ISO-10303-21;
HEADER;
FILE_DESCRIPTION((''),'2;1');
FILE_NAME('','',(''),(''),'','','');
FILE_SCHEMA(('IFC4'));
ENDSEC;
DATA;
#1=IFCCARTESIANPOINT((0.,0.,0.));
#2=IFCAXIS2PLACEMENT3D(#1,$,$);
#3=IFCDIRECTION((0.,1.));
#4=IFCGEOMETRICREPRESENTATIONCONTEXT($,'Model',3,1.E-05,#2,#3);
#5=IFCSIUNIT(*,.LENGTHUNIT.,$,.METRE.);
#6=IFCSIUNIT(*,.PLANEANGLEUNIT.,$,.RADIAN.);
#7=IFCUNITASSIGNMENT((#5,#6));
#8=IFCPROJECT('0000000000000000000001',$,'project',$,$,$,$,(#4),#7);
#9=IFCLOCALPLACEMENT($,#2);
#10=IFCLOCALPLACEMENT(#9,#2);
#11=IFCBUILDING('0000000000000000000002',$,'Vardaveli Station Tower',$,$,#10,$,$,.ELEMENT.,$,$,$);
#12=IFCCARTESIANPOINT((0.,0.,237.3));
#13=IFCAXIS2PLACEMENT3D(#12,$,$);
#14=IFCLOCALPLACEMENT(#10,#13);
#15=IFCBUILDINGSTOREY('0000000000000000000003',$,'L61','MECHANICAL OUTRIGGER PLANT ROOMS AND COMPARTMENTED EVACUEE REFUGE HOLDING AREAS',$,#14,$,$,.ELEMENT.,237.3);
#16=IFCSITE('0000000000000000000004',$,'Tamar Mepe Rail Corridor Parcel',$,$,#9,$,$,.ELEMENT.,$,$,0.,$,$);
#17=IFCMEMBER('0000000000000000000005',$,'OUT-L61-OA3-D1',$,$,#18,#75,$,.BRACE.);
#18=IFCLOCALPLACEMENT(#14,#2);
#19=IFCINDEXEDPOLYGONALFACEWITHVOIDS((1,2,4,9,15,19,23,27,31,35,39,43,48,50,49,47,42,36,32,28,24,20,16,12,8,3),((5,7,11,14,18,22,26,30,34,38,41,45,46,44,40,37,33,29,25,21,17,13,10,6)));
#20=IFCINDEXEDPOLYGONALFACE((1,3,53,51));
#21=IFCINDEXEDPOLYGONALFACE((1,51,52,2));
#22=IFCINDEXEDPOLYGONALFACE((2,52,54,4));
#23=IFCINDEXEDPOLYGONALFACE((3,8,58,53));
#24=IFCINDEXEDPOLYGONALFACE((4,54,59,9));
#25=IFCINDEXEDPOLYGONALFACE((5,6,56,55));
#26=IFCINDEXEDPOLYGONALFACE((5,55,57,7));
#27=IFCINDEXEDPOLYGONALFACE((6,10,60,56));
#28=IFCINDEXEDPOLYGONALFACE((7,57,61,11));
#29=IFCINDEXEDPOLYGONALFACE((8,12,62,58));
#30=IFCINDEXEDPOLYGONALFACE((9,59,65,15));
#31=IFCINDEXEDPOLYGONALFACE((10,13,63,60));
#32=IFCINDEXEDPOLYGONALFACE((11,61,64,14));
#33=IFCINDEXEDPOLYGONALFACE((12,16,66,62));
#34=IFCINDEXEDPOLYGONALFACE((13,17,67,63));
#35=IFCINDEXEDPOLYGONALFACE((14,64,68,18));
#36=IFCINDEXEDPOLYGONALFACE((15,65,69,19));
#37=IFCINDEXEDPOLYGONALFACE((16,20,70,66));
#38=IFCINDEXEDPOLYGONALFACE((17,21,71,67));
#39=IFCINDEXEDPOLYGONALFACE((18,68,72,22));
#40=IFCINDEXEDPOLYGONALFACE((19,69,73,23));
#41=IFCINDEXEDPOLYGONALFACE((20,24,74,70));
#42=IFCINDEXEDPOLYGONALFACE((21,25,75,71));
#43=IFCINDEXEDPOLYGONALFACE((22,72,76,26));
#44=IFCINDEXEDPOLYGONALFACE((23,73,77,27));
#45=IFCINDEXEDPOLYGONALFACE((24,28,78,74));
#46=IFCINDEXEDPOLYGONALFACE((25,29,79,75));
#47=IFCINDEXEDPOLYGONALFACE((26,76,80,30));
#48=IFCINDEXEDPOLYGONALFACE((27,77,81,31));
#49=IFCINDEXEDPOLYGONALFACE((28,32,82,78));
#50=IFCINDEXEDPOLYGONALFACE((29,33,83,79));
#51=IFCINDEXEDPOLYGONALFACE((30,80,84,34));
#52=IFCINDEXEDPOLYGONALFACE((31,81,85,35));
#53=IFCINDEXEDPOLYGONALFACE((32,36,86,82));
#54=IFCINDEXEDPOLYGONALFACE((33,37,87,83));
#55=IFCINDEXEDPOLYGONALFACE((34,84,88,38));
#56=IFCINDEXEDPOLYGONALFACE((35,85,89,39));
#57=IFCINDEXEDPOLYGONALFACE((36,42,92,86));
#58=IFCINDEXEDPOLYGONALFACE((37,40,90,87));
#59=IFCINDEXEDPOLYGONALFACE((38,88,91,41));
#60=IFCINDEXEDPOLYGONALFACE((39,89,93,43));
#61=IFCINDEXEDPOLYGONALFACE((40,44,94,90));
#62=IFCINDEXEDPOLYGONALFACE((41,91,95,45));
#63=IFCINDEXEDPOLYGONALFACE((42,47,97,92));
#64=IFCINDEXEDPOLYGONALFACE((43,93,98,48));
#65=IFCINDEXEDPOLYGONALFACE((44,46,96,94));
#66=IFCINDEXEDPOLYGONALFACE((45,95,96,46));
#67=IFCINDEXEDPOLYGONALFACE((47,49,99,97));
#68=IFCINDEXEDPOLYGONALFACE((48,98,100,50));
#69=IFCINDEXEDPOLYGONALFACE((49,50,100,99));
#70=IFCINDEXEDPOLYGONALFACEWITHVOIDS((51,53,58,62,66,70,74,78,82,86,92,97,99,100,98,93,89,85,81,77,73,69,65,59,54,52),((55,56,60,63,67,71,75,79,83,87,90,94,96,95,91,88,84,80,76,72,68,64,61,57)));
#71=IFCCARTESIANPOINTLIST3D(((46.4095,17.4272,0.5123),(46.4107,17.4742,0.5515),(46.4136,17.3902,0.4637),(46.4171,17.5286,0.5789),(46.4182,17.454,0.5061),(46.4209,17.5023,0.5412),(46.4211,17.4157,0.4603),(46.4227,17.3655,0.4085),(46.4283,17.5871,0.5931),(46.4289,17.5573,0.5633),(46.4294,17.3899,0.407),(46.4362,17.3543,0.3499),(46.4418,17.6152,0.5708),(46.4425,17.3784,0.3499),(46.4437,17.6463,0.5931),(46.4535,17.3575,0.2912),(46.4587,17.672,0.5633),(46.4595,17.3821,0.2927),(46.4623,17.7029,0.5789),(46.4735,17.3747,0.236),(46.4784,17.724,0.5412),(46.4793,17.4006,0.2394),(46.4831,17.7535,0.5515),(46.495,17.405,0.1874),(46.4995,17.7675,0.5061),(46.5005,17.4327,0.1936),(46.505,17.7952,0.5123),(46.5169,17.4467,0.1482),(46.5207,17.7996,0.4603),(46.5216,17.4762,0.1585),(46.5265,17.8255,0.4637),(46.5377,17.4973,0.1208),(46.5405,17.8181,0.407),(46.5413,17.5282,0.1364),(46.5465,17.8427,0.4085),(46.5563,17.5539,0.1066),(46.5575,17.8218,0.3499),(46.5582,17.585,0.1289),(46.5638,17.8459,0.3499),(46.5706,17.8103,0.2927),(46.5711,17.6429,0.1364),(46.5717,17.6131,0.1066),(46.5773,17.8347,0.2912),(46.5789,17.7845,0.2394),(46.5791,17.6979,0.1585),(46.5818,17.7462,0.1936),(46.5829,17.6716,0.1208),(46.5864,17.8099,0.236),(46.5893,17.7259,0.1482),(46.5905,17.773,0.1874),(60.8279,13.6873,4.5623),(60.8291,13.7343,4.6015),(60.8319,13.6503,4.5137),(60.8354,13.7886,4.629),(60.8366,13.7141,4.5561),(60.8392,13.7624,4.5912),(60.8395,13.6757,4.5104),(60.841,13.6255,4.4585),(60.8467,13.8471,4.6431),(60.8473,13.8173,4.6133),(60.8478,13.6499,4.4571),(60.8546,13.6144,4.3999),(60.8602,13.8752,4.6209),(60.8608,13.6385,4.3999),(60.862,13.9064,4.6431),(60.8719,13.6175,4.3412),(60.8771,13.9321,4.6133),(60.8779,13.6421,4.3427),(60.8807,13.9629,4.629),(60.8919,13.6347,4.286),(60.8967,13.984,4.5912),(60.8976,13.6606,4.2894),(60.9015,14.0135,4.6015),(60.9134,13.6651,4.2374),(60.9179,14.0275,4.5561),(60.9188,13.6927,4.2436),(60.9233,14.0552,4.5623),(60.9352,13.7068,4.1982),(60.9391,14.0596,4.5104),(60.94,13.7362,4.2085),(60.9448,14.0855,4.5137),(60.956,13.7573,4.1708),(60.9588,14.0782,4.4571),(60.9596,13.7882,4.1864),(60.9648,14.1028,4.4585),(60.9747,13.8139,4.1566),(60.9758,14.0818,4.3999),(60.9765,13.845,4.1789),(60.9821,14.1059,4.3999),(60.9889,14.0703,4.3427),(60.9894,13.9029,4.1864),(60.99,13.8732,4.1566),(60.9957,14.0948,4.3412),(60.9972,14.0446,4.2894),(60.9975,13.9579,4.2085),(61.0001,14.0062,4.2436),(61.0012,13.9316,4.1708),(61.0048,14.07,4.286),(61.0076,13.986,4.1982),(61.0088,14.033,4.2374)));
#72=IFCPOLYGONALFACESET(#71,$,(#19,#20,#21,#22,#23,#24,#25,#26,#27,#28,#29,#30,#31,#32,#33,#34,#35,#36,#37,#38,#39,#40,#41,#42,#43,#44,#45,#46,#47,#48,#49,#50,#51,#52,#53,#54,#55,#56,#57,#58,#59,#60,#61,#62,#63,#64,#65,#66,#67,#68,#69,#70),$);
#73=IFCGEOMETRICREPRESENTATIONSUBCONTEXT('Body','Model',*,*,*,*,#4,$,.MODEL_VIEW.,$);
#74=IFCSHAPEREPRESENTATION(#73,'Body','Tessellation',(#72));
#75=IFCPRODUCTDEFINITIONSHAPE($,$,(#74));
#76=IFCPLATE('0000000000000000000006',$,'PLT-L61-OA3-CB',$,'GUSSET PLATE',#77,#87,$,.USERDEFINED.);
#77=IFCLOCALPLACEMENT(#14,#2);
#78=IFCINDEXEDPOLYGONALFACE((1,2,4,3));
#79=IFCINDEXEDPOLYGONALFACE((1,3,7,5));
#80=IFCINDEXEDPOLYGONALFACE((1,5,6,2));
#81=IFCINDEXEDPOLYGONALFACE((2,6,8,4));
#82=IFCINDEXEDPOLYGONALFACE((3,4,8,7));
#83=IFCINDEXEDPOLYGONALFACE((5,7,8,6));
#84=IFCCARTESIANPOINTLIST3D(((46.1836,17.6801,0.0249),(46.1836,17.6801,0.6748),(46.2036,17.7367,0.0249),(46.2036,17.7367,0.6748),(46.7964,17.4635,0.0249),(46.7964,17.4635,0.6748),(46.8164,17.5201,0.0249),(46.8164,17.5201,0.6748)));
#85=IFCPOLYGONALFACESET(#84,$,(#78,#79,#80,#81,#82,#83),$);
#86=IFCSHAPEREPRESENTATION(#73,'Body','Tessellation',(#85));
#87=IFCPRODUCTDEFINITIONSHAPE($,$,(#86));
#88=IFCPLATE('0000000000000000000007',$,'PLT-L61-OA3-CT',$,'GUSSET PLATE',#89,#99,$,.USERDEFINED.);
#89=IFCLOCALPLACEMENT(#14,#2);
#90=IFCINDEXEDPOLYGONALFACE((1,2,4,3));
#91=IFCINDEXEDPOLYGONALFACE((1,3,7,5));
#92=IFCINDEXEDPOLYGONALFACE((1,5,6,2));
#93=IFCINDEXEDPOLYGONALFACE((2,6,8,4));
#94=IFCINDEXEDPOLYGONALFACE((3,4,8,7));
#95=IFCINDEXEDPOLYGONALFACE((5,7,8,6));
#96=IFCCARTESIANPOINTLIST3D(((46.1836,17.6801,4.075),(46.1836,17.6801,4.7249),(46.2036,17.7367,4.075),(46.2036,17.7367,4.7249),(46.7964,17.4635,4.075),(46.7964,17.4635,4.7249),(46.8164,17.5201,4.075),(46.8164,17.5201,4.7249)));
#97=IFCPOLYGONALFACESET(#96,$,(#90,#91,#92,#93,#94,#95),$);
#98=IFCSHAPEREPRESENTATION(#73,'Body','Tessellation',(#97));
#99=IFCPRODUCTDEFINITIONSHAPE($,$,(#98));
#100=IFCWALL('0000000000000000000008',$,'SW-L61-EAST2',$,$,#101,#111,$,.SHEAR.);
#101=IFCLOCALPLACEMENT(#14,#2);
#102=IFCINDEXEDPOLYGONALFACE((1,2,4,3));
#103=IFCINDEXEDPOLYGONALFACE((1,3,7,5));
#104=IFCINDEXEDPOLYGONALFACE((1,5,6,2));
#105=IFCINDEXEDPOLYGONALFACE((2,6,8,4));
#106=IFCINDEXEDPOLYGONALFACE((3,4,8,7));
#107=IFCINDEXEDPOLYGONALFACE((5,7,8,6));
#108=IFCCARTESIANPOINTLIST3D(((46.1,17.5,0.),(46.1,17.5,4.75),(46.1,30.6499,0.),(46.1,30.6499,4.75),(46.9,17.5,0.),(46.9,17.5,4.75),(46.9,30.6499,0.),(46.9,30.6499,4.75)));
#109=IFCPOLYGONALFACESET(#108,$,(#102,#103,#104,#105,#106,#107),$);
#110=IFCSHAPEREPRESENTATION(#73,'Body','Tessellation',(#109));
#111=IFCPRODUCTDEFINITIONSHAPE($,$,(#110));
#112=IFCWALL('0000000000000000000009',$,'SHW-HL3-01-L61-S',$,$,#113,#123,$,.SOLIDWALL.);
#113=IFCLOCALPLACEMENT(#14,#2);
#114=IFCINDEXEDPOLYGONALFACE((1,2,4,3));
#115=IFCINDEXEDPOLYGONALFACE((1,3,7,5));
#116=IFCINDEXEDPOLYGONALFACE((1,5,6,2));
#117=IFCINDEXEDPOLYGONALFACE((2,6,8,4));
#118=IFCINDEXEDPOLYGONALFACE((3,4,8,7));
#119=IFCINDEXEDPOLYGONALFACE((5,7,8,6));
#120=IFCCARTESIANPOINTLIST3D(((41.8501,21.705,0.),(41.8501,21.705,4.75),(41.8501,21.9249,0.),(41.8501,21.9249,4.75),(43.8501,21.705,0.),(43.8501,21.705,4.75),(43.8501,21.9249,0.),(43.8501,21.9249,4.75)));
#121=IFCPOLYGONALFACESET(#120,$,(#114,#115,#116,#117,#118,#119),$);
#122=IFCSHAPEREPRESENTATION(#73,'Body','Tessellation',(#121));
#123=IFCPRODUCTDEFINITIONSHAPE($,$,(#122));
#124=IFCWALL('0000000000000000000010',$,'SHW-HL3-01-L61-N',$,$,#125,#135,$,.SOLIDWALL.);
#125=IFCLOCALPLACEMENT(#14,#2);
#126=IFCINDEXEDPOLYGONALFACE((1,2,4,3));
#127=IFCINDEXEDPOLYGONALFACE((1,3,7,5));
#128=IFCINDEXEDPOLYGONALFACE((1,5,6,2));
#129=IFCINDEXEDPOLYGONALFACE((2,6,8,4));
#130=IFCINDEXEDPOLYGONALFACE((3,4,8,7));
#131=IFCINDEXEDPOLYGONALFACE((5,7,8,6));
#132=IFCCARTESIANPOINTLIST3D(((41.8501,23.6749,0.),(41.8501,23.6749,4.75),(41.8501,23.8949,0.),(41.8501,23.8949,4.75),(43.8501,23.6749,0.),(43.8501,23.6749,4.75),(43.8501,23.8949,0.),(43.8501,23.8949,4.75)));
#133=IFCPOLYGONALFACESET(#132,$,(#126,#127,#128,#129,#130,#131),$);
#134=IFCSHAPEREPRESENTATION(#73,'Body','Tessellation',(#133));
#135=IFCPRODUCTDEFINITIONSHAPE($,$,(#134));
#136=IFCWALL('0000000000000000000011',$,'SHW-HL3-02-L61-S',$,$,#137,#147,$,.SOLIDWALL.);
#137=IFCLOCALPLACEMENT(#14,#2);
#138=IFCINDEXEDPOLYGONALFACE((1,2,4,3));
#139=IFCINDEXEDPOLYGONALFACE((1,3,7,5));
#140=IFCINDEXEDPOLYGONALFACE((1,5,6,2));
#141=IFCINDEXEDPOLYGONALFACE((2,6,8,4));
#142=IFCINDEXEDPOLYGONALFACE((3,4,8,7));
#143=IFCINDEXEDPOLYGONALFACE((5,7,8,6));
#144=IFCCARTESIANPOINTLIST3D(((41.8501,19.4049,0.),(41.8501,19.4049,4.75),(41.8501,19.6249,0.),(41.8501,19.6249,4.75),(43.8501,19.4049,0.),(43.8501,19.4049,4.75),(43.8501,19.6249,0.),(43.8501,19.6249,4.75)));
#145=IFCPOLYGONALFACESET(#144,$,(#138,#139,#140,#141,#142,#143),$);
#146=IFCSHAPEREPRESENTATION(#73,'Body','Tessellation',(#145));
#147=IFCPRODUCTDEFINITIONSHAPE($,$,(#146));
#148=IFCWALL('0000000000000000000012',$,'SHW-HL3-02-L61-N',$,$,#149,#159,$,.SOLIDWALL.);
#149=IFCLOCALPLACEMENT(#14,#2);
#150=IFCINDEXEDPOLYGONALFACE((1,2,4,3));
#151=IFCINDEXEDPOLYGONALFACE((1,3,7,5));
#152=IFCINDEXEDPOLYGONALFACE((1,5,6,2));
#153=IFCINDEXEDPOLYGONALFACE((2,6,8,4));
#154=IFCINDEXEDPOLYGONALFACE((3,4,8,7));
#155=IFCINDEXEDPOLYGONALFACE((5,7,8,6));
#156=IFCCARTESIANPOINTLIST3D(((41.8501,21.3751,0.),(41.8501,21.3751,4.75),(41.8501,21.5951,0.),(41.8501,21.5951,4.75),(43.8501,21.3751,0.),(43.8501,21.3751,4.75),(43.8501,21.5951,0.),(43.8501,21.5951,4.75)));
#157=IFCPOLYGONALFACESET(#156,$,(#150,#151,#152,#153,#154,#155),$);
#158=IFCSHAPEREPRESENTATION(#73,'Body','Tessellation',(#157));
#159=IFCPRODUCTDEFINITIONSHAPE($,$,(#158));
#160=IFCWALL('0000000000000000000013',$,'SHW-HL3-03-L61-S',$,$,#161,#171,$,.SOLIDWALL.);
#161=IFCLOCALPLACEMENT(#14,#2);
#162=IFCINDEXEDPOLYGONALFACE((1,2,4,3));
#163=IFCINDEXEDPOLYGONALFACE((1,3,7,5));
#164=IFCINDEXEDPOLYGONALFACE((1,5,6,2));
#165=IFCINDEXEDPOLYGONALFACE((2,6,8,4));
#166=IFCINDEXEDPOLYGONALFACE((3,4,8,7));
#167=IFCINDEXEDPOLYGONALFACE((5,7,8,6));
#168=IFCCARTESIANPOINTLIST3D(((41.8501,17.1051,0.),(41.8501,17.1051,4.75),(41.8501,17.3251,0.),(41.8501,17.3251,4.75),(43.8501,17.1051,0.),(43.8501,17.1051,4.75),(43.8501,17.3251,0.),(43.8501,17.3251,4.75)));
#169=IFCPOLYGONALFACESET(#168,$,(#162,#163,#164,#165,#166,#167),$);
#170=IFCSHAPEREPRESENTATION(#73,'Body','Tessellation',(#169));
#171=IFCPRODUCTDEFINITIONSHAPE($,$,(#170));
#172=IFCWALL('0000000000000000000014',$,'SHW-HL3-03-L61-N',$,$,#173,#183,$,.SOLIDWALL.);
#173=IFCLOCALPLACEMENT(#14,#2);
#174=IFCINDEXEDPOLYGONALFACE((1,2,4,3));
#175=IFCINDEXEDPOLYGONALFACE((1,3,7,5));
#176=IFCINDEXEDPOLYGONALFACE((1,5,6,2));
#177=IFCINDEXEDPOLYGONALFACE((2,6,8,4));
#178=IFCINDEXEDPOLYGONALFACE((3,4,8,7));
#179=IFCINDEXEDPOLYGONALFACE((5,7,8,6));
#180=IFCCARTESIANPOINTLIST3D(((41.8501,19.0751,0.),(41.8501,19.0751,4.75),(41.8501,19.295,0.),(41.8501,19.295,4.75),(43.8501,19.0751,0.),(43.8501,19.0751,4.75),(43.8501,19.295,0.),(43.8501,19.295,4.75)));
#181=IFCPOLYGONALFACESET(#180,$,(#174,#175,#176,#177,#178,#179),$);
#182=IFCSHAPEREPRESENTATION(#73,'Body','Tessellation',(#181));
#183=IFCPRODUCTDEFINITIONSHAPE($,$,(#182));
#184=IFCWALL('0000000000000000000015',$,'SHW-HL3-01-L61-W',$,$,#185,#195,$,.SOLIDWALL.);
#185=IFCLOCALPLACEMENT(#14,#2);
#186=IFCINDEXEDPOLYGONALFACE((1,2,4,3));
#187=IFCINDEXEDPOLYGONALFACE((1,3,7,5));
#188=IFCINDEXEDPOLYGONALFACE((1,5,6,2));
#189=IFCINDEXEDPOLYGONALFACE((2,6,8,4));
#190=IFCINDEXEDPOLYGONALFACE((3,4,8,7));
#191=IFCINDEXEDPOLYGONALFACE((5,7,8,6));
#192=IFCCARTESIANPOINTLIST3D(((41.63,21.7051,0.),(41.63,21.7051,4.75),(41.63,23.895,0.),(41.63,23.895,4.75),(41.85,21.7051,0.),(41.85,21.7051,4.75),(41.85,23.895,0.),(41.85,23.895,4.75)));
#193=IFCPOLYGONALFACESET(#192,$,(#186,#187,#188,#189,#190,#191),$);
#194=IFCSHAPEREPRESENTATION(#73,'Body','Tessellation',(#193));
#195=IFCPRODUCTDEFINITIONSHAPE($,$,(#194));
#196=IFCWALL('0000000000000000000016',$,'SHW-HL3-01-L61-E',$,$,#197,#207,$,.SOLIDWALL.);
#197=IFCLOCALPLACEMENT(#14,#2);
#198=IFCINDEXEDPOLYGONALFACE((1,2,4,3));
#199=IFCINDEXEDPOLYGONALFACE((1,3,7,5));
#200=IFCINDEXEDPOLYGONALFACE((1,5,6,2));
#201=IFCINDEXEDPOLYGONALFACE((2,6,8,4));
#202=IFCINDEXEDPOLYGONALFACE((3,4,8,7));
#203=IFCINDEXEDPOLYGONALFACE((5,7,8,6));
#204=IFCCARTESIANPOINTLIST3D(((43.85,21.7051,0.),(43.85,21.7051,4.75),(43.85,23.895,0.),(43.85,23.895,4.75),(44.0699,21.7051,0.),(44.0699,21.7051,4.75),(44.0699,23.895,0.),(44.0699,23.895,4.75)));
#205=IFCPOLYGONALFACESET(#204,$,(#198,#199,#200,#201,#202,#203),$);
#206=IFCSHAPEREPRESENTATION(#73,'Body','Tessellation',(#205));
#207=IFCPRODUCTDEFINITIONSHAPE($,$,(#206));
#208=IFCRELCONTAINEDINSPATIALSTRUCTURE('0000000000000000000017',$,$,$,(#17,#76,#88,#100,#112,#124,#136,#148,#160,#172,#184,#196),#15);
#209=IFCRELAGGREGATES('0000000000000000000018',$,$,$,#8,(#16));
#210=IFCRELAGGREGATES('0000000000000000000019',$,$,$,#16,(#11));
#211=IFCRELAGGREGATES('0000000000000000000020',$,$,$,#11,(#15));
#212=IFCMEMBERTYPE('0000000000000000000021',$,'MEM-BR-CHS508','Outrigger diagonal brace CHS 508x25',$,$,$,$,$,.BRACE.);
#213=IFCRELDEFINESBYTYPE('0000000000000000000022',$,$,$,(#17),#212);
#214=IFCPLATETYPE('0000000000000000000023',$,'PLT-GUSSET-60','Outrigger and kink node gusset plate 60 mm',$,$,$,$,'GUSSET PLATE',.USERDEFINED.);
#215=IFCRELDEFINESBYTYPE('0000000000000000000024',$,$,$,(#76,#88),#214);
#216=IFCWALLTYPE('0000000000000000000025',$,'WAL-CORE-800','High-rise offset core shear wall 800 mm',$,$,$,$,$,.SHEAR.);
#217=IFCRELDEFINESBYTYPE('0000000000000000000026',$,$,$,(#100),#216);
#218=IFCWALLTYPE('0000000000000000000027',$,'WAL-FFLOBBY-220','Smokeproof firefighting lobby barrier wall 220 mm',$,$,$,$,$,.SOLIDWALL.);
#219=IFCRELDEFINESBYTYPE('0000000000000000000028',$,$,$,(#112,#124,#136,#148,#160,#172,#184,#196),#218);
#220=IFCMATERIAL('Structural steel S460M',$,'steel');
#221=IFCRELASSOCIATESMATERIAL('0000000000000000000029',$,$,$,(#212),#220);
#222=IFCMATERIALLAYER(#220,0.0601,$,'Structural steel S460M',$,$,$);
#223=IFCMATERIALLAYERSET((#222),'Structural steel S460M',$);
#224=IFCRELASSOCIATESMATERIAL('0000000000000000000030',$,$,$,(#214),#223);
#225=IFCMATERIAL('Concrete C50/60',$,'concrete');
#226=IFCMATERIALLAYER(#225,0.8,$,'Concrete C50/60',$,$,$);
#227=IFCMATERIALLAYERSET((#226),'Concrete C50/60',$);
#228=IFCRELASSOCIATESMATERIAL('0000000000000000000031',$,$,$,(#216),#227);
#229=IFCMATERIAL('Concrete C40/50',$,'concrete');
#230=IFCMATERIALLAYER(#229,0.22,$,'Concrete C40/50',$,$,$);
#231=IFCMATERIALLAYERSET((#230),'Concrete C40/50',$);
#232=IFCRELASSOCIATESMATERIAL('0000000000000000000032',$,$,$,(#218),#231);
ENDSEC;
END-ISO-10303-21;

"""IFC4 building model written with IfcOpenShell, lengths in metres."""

from ifc_helpers import new_model, si_unit, direction, frame, frame_2d, origin, origin_2d, place, context, subcontext, project, spatial, rectangle, hollow_circle, extrude, source, transform, mapped, material, layer, layer_set, material_profile, profile_set, type_object, element, save


model = new_model("IFC4")

# Units and contexts
model_context = context("Model", 3, precision=1e-05, world=origin(), true_north=direction((0.0, 1.0)))
body_context = subcontext(model_context, "Body", "Model", "MODEL_VIEW")
ifc_project = project(units=[si_unit("LENGTHUNIT", "METRE"), si_unit("PLANEANGLEUNIT", "RADIAN")], contexts=[model_context])

# Site, building, storey
site_placement = place(None, origin())
site = spatial("IfcSite", under=ifc_project, at=site_placement, Name="Tamar Mepe Rail Corridor Parcel", CompositionType="ELEMENT", RefElevation=0.0)
building_placement = place(site_placement, origin())
building = spatial("IfcBuilding", under=site, at=building_placement, Name="Vardaveli Station Tower", CompositionType="ELEMENT")
storey_placement = place(building_placement, frame((0.0, 0.0, 237.3)))
storey = spatial("IfcBuildingStorey", under=building, at=storey_placement, Name="L61", Description="MECHANICAL OUTRIGGER PLANT ROOMS AND COMPARTMENTED EVACUEE REFUGE HOLDING AREAS", CompositionType="ELEMENT", Elevation=237.3)

# Member
ifc_material_1 = material(Name="Structural steel S460M", Category="steel")
ifc_material_profile_1 = material_profile(ifc_material_1, hollow_circle(Radius=0.2539, WallThickness=0.0249, at=origin_2d()), Name="CHS 508x25")
ifc_profile_set_1 = profile_set([ifc_material_profile_1], Name="Structural steel S460M")
member_type_1 = type_object("IfcMemberType", Name="MEM-BR-CHS508", Description="Outrigger diagonal brace CHS 508x25", PredefinedType="BRACE", material=ifc_profile_set_1)
shared_shape_1 = source(origin(), body_context, "Body", "SweptSolid", [
    extrude(hollow_circle(Radius=0.2539, WallThickness=0.0249, at=origin_2d()), origin(), (0.0, 0.0, 1.0), 15.4363),
])
member_1_placement = place(storey_placement, frame((46.5, 17.6001, 0.3499), z_axis=(0.934056, -0.242284, 0.26237), x_axis=(0.25108, 0.967966, 0.0)))
element("IfcMember", 1, at=member_1_placement, inside=storey, type_object=member_type_1, Name="OUT-L61-OA3-D1", PredefinedType="BRACE", context=body_context, shape_type="MappedRepresentation", body=[
    mapped(shared_shape_1, transform((0.0, 0.0, 0.0), scale=1.0)),
])

# Plates
ifc_layer_1 = layer(ifc_material_1, 0.0601, Name="Structural steel S460M")
ifc_layer_set_1 = layer_set([ifc_layer_1], Name="Structural steel S460M")
plate_type = type_object("IfcPlateType", Name="PLT-GUSSET-60", Description="Outrigger and kink node gusset plate 60 mm", ElementType="GUSSET PLATE", PredefinedType="USERDEFINED", material=ifc_layer_set_1)
shared_shape_2 = source(origin(), body_context, "Body", "SweptSolid", [
    extrude(rectangle(XDim=0.6499, YDim=0.0601, at=origin_2d()), origin(), (0.0, 0.0, 1.0), 0.6499),
])
for number, where, z_axis, x_axis, name in (
    (2, (46.5, 17.6001, 0.0249), (0.0, 0.0, 1.0), (0.942816, -0.333313, 0.0), "PLT-L61-OA3-CB"),
    (3, (46.5, 17.6001, 4.075), (0.0, 0.0, 1.0), (0.942816, -0.333313, 0.0), "PLT-L61-OA3-CT"),
):
    element("IfcPlate", number, at=place(storey_placement, frame(where, z_axis=z_axis, x_axis=x_axis)), inside=storey, type_object=plate_type, Name=name, ObjectType="GUSSET PLATE", PredefinedType="USERDEFINED", context=body_context, shape_type="MappedRepresentation", body=[
        mapped(shared_shape_2, transform((0.0, 0.0, 0.0), scale=1.0)),
    ])

# Walls
ifc_material_2 = material(Name="Concrete C50/60", Category="concrete")
ifc_layer_2 = layer(ifc_material_2, 0.8, Name="Concrete C50/60")
ifc_layer_set_2 = layer_set([ifc_layer_2], Name="Concrete C50/60")
wall_type_1 = type_object("IfcWallType", Name="WAL-CORE-800", Description="High-rise offset core shear wall 800 mm", PredefinedType="SHEAR", material=ifc_layer_set_2)
shared_shape_3 = source(origin(), body_context, "Body", "SweptSolid", [
    extrude(rectangle(XDim=13.1499, YDim=0.8, at=frame_2d((6.575, 0.0))), origin(), (0.0, 0.0, 1.0), 4.75),
])
wall_1_placement = place(storey_placement, frame((46.5, 17.5, 0.0), z_axis=(0.0, 0.0, 1.0), x_axis=(0.0, 1.0, 0.0)))
element("IfcWall", 4, at=wall_1_placement, inside=storey, type_object=wall_type_1, Name="SW-L61-EAST2", PredefinedType="SHEAR", context=body_context, shape_type="MappedRepresentation", body=[
    mapped(shared_shape_3, transform((0.0, 0.0, 0.0), scale=1.0)),
])
ifc_material_3 = material(Name="Concrete C40/50", Category="concrete")
ifc_layer_3 = layer(ifc_material_3, 0.22, Name="Concrete C40/50")
ifc_layer_set_3 = layer_set([ifc_layer_3], Name="Concrete C40/50")
wall_type_2 = type_object("IfcWallType", Name="WAL-FFLOBBY-220", Description="Smokeproof firefighting lobby barrier wall 220 mm", PredefinedType="SOLIDWALL", material=ifc_layer_set_3)
shared_shape_4 = source(origin(), body_context, "Body", "SweptSolid", [
    extrude(rectangle(XDim=2.0, YDim=0.22, at=frame_2d((1.0, 0.0))), origin(), (0.0, 0.0, 1.0), 4.75),
])
for number, where, z_axis, x_axis, name in (
    (5, (41.8501, 21.8149, 0.0), (0.0, 0.0, 1.0), (1.0, 0.0, 0.0), "SHW-HL3-01-L61-S"),
    (6, (41.8501, 23.7849, 0.0), (0.0, 0.0, 1.0), (1.0, 0.0, 0.0), "SHW-HL3-01-L61-N"),
    (7, (41.8501, 19.5149, 0.0), (0.0, 0.0, 1.0), (1.0, 0.0, 0.0), "SHW-HL3-02-L61-S"),
    (8, (41.8501, 21.4851, 0.0), (0.0, 0.0, 1.0), (1.0, 0.0, 0.0), "SHW-HL3-02-L61-N"),
    (9, (41.8501, 17.2151, 0.0), (0.0, 0.0, 1.0), (1.0, 0.0, 0.0), "SHW-HL3-03-L61-S"),
    (10, (41.8501, 19.1851, 0.0), (0.0, 0.0, 1.0), (1.0, 0.0, 0.0), "SHW-HL3-03-L61-N"),
):
    element("IfcWall", number, at=place(storey_placement, frame(where, z_axis=z_axis, x_axis=x_axis)), inside=storey, type_object=wall_type_2, Name=name, PredefinedType="SOLIDWALL", context=body_context, shape_type="MappedRepresentation", body=[
        mapped(shared_shape_4, transform((0.0, 0.0, 0.0), scale=1.0)),
    ])
shared_shape_5 = source(origin(), body_context, "Body", "SweptSolid", [
    extrude(rectangle(XDim=2.1899, YDim=0.22, at=frame_2d((1.095, 0.0))), origin(), (0.0, 0.0, 1.0), 4.75),
])
for number, where, z_axis, x_axis, name in (
    (11, (41.74, 21.7051, 0.0), (0.0, 0.0, 1.0), (0.0, 1.0, 0.0), "SHW-HL3-01-L61-W"),
    (12, (43.96, 21.7051, 0.0), (0.0, 0.0, 1.0), (0.0, 1.0, 0.0), "SHW-HL3-01-L61-E"),
):
    element("IfcWall", number, at=place(storey_placement, frame(where, z_axis=z_axis, x_axis=x_axis)), inside=storey, type_object=wall_type_2, Name=name, PredefinedType="SOLIDWALL", context=body_context, shape_type="MappedRepresentation", body=[
        mapped(shared_shape_5, transform((0.0, 0.0, 0.0), scale=1.0)),
    ])

save(model, "model.ifc")
